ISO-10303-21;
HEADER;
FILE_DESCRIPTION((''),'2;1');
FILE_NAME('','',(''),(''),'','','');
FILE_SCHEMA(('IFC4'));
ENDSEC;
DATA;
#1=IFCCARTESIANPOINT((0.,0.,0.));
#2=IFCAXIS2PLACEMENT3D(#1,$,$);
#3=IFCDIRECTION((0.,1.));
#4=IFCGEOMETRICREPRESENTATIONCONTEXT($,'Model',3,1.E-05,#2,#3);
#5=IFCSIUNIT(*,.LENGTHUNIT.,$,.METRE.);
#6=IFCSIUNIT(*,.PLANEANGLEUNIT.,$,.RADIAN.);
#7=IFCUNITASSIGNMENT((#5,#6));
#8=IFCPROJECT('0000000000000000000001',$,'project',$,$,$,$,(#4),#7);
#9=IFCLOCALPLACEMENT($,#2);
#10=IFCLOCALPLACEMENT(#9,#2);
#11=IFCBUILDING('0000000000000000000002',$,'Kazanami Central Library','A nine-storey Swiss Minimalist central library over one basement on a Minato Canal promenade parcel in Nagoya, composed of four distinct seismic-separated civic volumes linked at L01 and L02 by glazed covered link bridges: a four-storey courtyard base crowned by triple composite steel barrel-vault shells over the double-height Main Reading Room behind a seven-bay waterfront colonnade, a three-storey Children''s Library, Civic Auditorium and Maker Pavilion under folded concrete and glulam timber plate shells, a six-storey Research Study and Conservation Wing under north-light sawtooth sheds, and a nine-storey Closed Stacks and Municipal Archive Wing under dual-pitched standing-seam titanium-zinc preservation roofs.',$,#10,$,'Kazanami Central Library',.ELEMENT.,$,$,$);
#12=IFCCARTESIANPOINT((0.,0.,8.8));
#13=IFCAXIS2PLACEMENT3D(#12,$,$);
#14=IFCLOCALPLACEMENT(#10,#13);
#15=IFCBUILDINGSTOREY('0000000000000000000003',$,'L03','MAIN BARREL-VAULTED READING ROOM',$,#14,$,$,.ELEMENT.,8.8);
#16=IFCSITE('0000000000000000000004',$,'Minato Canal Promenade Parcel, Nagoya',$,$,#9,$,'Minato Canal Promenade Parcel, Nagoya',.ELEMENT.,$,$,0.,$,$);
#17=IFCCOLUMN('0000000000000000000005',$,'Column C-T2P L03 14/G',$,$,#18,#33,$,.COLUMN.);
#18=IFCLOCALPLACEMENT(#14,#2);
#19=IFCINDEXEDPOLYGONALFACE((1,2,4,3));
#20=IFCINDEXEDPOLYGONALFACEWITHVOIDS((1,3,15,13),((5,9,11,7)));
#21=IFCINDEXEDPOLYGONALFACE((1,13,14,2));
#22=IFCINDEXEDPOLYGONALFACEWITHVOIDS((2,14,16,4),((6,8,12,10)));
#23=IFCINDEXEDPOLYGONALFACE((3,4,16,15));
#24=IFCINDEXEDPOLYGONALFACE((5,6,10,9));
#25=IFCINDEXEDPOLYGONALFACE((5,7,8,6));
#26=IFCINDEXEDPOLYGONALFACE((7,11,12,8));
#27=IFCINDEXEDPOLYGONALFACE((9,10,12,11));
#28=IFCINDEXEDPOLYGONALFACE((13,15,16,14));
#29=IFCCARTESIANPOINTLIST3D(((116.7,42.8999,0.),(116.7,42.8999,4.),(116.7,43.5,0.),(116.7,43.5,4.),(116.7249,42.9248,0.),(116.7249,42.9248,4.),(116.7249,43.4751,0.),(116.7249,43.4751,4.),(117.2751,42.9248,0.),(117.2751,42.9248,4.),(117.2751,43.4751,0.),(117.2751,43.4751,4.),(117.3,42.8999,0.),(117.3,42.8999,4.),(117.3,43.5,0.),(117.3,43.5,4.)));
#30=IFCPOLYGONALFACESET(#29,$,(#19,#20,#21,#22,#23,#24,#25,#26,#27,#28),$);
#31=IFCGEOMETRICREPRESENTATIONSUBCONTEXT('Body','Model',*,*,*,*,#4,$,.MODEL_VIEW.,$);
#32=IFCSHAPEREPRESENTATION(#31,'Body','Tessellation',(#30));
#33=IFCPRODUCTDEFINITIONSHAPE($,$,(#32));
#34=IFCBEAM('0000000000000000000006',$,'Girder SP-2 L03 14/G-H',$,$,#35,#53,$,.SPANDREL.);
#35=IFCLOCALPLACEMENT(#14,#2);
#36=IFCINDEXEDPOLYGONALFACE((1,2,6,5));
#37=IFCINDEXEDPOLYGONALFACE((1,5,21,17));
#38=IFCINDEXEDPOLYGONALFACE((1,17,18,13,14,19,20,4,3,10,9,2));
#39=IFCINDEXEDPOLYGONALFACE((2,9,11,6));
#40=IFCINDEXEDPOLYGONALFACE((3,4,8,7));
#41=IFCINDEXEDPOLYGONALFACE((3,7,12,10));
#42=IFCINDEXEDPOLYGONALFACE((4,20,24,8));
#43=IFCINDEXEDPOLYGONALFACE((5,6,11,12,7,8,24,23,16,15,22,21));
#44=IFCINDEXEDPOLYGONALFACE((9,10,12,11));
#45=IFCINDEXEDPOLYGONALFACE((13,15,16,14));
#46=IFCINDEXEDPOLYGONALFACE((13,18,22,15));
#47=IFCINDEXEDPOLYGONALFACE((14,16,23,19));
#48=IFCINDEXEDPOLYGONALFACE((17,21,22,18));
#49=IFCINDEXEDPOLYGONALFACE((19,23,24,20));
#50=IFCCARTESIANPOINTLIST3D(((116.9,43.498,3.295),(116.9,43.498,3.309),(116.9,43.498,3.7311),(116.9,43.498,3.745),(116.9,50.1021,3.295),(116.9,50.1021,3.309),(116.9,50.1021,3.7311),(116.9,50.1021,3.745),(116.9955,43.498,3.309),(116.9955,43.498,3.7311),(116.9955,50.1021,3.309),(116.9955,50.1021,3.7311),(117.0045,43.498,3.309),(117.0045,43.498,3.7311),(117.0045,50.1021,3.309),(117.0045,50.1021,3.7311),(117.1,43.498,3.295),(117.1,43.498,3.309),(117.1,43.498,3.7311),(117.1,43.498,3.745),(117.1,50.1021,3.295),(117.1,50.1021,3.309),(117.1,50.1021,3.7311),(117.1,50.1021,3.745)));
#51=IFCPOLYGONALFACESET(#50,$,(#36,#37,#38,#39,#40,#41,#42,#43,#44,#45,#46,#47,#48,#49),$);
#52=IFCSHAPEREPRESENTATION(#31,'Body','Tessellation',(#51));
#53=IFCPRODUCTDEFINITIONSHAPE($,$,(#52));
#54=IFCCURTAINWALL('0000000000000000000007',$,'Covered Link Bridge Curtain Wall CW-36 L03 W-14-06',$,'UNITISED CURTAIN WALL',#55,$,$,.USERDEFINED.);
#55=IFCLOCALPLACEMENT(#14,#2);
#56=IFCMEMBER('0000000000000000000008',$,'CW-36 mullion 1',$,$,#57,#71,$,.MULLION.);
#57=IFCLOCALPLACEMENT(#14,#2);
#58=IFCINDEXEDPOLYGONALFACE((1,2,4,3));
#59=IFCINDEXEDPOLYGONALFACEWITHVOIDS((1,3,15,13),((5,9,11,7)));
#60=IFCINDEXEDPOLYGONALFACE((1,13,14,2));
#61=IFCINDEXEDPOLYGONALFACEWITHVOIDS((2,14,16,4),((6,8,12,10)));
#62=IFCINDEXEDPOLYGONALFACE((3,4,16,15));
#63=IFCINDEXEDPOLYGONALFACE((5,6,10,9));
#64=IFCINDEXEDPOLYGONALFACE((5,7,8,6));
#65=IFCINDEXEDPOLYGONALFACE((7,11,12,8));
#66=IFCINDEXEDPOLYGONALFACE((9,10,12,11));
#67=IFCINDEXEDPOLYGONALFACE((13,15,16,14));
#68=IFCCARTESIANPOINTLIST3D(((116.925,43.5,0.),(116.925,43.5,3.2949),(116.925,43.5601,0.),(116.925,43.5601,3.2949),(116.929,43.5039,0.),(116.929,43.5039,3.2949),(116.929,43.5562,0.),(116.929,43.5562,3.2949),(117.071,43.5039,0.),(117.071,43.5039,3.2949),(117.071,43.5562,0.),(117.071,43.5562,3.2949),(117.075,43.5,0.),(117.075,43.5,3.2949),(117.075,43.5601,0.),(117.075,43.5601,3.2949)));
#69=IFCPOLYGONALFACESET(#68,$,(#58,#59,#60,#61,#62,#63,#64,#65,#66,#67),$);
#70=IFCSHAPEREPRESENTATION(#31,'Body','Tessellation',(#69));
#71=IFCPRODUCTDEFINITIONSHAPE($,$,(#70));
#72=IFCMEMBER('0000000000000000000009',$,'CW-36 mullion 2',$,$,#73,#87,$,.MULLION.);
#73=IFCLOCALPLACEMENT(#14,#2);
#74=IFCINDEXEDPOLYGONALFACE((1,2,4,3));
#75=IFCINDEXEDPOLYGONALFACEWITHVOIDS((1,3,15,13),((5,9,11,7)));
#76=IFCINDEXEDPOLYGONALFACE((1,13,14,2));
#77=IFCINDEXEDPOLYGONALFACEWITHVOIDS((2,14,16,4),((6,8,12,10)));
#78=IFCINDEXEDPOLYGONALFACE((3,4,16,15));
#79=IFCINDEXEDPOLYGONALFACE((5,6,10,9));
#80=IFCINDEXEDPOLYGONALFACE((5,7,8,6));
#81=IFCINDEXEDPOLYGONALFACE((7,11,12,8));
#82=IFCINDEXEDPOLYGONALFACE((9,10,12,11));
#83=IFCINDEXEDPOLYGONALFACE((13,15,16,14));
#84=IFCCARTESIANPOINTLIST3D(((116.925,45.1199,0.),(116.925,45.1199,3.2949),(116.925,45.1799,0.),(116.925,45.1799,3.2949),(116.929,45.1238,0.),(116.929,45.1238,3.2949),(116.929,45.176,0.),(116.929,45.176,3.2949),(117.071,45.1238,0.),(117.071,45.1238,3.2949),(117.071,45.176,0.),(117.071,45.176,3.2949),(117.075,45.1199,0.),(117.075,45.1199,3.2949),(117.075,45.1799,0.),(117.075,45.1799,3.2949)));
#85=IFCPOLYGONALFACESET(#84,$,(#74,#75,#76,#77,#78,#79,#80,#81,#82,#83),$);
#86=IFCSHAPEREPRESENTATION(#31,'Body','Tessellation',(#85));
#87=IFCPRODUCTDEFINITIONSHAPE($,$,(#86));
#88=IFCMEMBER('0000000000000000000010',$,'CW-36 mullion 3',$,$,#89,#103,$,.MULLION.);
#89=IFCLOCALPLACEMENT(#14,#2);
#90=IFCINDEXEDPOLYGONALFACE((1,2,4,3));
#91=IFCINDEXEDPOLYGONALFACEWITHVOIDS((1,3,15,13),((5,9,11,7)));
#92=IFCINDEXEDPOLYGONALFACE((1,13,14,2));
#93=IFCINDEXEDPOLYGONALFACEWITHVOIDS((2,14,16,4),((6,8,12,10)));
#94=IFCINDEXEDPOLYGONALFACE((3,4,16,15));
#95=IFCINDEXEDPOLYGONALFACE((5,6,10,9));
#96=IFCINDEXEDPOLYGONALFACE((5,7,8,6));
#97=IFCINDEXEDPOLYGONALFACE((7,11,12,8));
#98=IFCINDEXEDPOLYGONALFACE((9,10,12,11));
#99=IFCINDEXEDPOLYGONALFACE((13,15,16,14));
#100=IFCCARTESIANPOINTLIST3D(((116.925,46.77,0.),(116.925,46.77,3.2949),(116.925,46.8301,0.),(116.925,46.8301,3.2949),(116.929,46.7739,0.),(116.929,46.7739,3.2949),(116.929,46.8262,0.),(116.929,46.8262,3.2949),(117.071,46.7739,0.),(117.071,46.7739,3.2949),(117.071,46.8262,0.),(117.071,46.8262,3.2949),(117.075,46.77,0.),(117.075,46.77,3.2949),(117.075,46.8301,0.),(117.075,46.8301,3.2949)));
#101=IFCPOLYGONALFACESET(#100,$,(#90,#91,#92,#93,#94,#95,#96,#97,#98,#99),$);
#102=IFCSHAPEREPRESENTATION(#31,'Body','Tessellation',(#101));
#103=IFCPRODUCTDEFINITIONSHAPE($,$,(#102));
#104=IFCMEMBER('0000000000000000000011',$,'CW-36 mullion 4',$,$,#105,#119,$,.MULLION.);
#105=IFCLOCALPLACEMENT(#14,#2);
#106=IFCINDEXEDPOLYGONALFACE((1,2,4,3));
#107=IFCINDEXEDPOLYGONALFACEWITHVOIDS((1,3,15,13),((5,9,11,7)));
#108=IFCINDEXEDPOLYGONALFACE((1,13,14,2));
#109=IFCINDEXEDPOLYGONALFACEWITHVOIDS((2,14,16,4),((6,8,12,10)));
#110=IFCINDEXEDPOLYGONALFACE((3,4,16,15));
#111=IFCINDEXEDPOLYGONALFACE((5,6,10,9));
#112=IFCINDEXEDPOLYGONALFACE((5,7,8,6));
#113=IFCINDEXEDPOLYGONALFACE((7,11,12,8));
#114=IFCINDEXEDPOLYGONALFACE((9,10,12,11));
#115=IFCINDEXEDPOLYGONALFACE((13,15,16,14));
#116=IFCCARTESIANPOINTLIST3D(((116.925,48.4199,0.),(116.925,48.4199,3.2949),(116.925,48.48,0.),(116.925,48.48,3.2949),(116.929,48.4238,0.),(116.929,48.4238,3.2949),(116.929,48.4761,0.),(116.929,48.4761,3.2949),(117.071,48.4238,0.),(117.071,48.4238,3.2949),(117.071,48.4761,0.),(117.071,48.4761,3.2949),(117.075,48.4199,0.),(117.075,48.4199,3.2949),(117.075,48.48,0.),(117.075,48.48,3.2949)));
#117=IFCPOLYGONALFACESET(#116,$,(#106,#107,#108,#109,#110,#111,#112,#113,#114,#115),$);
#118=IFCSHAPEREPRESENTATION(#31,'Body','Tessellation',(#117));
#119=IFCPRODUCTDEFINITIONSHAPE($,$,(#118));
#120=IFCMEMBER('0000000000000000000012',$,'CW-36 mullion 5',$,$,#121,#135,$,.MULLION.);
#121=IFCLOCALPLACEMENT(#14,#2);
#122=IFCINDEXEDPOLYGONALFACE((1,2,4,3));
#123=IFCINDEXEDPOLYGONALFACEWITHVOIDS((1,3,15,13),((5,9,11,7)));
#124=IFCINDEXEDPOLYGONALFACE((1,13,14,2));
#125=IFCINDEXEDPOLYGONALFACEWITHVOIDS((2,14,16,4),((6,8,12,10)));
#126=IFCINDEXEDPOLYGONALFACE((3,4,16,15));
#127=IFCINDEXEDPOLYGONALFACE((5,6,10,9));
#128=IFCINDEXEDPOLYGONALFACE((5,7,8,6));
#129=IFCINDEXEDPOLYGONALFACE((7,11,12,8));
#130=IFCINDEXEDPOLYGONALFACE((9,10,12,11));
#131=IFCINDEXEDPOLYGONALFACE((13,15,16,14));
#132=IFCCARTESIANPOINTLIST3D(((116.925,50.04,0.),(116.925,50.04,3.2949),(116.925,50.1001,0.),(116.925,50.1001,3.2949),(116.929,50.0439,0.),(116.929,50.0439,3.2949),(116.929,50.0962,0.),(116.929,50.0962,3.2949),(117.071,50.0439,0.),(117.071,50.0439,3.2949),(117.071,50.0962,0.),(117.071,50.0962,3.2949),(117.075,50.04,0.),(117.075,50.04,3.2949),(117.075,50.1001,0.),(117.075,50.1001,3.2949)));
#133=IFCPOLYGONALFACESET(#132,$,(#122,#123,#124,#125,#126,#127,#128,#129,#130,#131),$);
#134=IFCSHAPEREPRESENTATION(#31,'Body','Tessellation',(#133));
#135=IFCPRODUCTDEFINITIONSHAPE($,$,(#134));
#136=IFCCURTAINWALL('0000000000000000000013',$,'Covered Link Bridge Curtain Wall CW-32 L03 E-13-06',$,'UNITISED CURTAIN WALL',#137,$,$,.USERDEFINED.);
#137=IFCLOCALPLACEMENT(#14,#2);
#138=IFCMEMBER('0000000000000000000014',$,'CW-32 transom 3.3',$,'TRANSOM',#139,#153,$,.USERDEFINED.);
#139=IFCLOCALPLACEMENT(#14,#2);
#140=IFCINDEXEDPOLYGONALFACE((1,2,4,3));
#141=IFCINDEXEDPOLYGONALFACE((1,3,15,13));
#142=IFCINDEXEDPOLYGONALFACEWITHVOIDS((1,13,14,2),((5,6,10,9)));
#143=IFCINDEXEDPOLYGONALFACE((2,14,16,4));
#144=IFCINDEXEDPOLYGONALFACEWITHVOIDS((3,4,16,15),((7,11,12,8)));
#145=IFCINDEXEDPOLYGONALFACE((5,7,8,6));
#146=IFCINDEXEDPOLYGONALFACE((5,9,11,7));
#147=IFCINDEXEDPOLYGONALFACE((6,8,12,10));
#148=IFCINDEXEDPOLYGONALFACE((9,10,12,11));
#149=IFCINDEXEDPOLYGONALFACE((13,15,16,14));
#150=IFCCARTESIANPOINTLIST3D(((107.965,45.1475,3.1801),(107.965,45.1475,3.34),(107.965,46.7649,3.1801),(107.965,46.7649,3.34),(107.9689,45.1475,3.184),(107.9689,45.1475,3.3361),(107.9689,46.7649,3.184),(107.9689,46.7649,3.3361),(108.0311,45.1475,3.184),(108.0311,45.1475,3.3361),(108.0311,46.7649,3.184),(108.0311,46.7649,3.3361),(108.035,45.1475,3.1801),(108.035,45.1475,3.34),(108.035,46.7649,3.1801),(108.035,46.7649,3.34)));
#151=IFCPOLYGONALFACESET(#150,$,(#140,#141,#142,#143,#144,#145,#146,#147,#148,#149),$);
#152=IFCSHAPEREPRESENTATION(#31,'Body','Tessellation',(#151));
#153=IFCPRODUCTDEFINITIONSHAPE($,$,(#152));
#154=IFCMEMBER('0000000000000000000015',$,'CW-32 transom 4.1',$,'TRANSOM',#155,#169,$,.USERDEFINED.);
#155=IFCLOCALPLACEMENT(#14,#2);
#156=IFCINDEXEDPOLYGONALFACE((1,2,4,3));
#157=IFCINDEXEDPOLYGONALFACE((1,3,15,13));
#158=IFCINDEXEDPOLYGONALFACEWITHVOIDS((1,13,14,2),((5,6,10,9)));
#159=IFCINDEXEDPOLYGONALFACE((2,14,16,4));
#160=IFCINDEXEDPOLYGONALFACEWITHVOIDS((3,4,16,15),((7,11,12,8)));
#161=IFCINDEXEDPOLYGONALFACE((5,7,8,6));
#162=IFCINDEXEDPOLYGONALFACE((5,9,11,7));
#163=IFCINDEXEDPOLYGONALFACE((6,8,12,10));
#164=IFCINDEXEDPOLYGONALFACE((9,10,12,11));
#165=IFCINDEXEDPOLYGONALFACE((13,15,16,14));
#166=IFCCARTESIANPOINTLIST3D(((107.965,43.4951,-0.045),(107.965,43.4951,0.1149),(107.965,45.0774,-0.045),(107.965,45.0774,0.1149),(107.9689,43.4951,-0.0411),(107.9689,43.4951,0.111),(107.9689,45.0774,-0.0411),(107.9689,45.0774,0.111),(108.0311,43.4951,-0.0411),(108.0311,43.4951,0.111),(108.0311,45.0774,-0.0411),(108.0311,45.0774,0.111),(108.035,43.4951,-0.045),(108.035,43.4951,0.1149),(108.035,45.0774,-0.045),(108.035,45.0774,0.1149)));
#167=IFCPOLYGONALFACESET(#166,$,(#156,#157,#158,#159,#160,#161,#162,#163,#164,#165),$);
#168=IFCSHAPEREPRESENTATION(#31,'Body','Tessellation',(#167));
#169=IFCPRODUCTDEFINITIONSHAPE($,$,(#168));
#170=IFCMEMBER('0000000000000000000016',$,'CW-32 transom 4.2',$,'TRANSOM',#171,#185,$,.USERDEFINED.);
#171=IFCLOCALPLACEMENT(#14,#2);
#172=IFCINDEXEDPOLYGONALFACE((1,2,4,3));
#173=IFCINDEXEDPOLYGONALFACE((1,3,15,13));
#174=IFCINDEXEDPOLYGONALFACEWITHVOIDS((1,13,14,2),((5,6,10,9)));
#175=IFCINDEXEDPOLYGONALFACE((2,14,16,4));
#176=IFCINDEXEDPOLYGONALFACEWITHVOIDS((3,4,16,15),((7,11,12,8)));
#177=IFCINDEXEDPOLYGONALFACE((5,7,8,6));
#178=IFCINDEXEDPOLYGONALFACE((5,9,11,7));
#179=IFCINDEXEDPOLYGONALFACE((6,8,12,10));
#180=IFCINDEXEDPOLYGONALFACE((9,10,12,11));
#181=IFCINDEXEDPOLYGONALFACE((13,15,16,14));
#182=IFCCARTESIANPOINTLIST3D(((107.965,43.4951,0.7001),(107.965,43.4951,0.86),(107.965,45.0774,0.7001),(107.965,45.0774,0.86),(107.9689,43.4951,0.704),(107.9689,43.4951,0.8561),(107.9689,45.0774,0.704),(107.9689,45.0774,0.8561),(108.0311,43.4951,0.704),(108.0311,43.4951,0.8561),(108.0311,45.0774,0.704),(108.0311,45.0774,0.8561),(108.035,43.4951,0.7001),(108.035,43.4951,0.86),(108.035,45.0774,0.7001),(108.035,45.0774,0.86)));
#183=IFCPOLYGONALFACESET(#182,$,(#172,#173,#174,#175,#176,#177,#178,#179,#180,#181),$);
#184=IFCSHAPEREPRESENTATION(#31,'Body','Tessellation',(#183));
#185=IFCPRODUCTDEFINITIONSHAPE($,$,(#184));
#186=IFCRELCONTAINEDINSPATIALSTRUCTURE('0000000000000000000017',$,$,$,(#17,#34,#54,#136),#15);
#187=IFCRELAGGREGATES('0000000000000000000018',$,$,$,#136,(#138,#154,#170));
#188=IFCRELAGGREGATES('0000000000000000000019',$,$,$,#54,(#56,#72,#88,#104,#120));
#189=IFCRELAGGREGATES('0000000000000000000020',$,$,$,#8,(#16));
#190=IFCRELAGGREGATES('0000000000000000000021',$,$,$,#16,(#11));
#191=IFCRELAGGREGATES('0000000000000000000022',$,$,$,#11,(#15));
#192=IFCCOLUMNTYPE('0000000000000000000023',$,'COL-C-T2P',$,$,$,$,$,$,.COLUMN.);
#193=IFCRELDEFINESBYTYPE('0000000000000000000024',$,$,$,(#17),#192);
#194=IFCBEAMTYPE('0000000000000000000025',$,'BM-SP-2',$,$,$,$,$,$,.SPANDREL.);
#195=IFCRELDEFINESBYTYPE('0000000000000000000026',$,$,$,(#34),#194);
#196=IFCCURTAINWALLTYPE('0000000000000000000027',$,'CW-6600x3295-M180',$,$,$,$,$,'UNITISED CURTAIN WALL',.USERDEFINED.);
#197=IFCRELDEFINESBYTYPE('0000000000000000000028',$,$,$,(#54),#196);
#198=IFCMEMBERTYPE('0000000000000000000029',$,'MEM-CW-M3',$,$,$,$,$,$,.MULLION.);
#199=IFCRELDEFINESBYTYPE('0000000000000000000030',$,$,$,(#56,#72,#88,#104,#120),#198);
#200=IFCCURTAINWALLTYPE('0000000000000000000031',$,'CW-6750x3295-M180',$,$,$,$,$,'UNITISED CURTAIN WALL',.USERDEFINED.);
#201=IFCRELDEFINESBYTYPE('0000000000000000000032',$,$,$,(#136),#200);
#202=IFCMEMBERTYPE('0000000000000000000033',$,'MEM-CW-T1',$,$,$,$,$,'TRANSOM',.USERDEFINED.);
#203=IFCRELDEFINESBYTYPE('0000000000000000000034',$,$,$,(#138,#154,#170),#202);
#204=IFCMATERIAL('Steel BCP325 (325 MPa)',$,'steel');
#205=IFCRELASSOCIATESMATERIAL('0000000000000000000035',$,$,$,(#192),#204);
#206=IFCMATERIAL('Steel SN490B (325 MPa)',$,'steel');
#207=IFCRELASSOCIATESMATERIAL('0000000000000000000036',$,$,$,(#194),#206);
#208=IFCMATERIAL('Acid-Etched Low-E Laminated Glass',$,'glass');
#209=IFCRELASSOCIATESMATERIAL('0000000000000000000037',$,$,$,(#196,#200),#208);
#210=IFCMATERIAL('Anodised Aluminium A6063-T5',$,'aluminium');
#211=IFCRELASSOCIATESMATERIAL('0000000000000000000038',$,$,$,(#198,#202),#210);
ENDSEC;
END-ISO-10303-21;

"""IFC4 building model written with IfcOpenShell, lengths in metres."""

from ifc_helpers import new_model, si_unit, direction, frame, origin, origin_2d, place, context, subcontext, project, spatial, hollow_rectangle, i_section, extrude, material, material_profile, profile_set, type_object, element, aggregate, save


model = new_model("IFC4")

# Units and contexts
model_context = context("Model", 3, precision=1e-05, world=origin(), true_north=direction((0.0, 1.0)))
body_context = subcontext(model_context, "Body", "Model", "MODEL_VIEW")
ifc_project = project(units=[si_unit("LENGTHUNIT", "METRE"), si_unit("PLANEANGLEUNIT", "RADIAN")], contexts=[model_context])

# Site, building, storey
site_placement = place(None, origin())
site = spatial("IfcSite", under=ifc_project, at=site_placement, Name="Minato Canal Promenade Parcel, Nagoya", LongName="Minato Canal Promenade Parcel, Nagoya", CompositionType="ELEMENT", RefElevation=0.0)
building_placement = place(site_placement, origin())
building = spatial("IfcBuilding", under=site, at=building_placement, Name="Kazanami Central Library", Description="A nine-storey Swiss Minimalist central library over one basement on a Minato Canal promenade parcel in Nagoya, composed of four distinct seismic-separated civic volumes linked at L01 and L02 by glazed covered link bridges: a four-storey courtyard base crowned by triple composite steel barrel-vault shells over the double-height Main Reading Room behind a seven-bay waterfront colonnade, a three-storey Children's Library, Civic Auditorium and Maker Pavilion under folded concrete and glulam timber plate shells, a six-storey Research Study and Conservation Wing under north-light sawtooth sheds, and a nine-storey Closed Stacks and Municipal Archive Wing under dual-pitched standing-seam titanium-zinc preservation roofs.", LongName="Kazanami Central Library", CompositionType="ELEMENT")
storey_placement = place(building_placement, frame((0.0, 0.0, 8.8)))
storey = spatial("IfcBuildingStorey", under=building, at=storey_placement, Name="L03", Description="MAIN BARREL-VAULTED READING ROOM", CompositionType="ELEMENT", Elevation=8.8)

# Column
ifc_material_1 = material(Name="Steel BCP325 (325 MPa)", Category="steel")
ifc_material_profile_1 = material_profile(ifc_material_1, hollow_rectangle(XDim=0.6001, YDim=0.6001, WallThickness=0.0249, at=origin_2d()), Name="BCP-600x600x25")
ifc_profile_set_1 = profile_set([ifc_material_profile_1], Name="Steel BCP325 (325 MPa)")
column_type = type_object("IfcColumnType", Name="COL-C-T2P", PredefinedType="COLUMN", material=ifc_profile_set_1)
column_placement = place(storey_placement, frame((117.0, 43.2, 0.0), z_axis=(0.0, 0.0, 1.0), x_axis=(1.0, 0.0, 0.0)))
element("IfcColumn", 1, at=column_placement, inside=storey, type_object=column_type, Name="Column C-T2P L03 14/G", PredefinedType="COLUMN", context=body_context, shape_type="SweptSolid", body=[
    extrude(hollow_rectangle(XDim=0.6001, YDim=0.6001, WallThickness=0.0249, at=origin_2d()), origin(), (0.0, 0.0, 1.0), 4.0),
])

# Beam
ifc_material_2 = material(Name="Steel SN490B (325 MPa)", Category="steel")
ifc_material_profile_2 = material_profile(ifc_material_2, i_section(OverallWidth=0.2, OverallDepth=0.45, WebThickness=0.009, FlangeThickness=0.0139, at=origin_2d()), Name="H-450x200x9x14")
ifc_profile_set_2 = profile_set([ifc_material_profile_2], Name="Steel SN490B (325 MPa)")
beam_type = type_object("IfcBeamType", Name="BM-SP-2", PredefinedType="SPANDREL", material=ifc_profile_set_2)
beam_placement = place(storey_placement, frame((117.0, 43.498, 3.52), z_axis=(0.0, 1.0, 0.0), x_axis=(-1.0, 0.0, 0.0)))
element("IfcBeam", 2, at=beam_placement, inside=storey, type_object=beam_type, Name="Girder SP-2 L03 14/G-H", PredefinedType="SPANDREL", context=body_context, shape_type="SweptSolid", body=[
    extrude(i_section(OverallWidth=0.2, OverallDepth=0.45, WebThickness=0.009, FlangeThickness=0.0139, at=origin_2d()), origin(), (0.0, 0.0, 1.0), 6.604),
])

# Curtain walls, members
ifc_material_3 = material(Name="Acid-Etched Low-E Laminated Glass", Category="glass")
curtain_wall_type_1 = type_object("IfcCurtainWallType", Name="CW-6600x3295-M180", ElementType="UNITISED CURTAIN WALL", PredefinedType="USERDEFINED", material=ifc_material_3)
curtain_wall_1_placement = place(storey_placement, origin())
curtain_wall_1 = element("IfcCurtainWall", 3, at=curtain_wall_1_placement, inside=storey, type_object=curtain_wall_type_1, Name="Covered Link Bridge Curtain Wall CW-36 L03 W-14-06", ObjectType="UNITISED CURTAIN WALL", PredefinedType="USERDEFINED")
ifc_material_4 = material(Name="Anodised Aluminium A6063-T5", Category="aluminium")
ifc_material_profile_3 = material_profile(ifc_material_4, hollow_rectangle(XDim=0.0601, YDim=0.1499, WallThickness=0.0039, at=origin_2d()), Name="ALU-MULL-60x150x4")
ifc_profile_set_3 = profile_set([ifc_material_profile_3], Name="Anodised Aluminium A6063-T5")
member_type_1 = type_object("IfcMemberType", Name="MEM-CW-M3", PredefinedType="MULLION", material=ifc_profile_set_3)
member_1_placement = place(storey_placement, frame((117.0, 43.53, 0.0), z_axis=(0.0, 0.0, 1.0), x_axis=(0.0, 1.0, 0.0)))
member_1 = element("IfcMember", 4, at=member_1_placement, type_object=member_type_1, Name="CW-36 mullion 1", PredefinedType="MULLION", context=body_context, shape_type="SweptSolid", body=[
    extrude(hollow_rectangle(XDim=0.0601, YDim=0.1499, WallThickness=0.0039, at=origin_2d()), origin(), (0.0, 0.0, 1.0), 3.2949),
])
member_2_placement = place(storey_placement, frame((117.0, 45.1499, 0.0), z_axis=(0.0, 0.0, 1.0), x_axis=(0.0, 1.0, 0.0)))
member_2 = element("IfcMember", 5, at=member_2_placement, type_object=member_type_1, Name="CW-36 mullion 2", PredefinedType="MULLION", context=body_context, shape_type="SweptSolid", body=[
    extrude(hollow_rectangle(XDim=0.0601, YDim=0.1499, WallThickness=0.0039, at=origin_2d()), origin(), (0.0, 0.0, 1.0), 3.2949),
])
member_3_placement = place(storey_placement, frame((117.0, 46.8, 0.0), z_axis=(0.0, 0.0, 1.0), x_axis=(0.0, 1.0, 0.0)))
member_3 = element("IfcMember", 6, at=member_3_placement, type_object=member_type_1, Name="CW-36 mullion 3", PredefinedType="MULLION", context=body_context, shape_type="SweptSolid", body=[
    extrude(hollow_rectangle(XDim=0.0601, YDim=0.1499, WallThickness=0.0039, at=origin_2d()), origin(), (0.0, 0.0, 1.0), 3.2949),
])
member_4_placement = place(storey_placement, frame((117.0, 48.45, 0.0), z_axis=(0.0, 0.0, 1.0), x_axis=(0.0, 1.0, 0.0)))
member_4 = element("IfcMember", 7, at=member_4_placement, type_object=member_type_1, Name="CW-36 mullion 4", PredefinedType="MULLION", context=body_context, shape_type="SweptSolid", body=[
    extrude(hollow_rectangle(XDim=0.0601, YDim=0.1499, WallThickness=0.0039, at=origin_2d()), origin(), (0.0, 0.0, 1.0), 3.2949),
])
member_5_placement = place(storey_placement, frame((117.0, 50.0701, 0.0), z_axis=(0.0, 0.0, 1.0), x_axis=(0.0, 1.0, 0.0)))
member_5 = element("IfcMember", 8, at=member_5_placement, type_object=member_type_1, Name="CW-36 mullion 5", PredefinedType="MULLION", context=body_context, shape_type="SweptSolid", body=[
    extrude(hollow_rectangle(XDim=0.0601, YDim=0.1499, WallThickness=0.0039, at=origin_2d()), origin(), (0.0, 0.0, 1.0), 3.2949),
])
curtain_wall_type_2 = type_object("IfcCurtainWallType", Name="CW-6750x3295-M180", ElementType="UNITISED CURTAIN WALL", PredefinedType="USERDEFINED", material=ifc_material_3)
curtain_wall_2_placement = place(storey_placement, origin())
curtain_wall_2 = element("IfcCurtainWall", 9, at=curtain_wall_2_placement, inside=storey, type_object=curtain_wall_type_2, Name="Covered Link Bridge Curtain Wall CW-32 L03 E-13-06", ObjectType="UNITISED CURTAIN WALL", PredefinedType="USERDEFINED")
ifc_material_profile_4 = material_profile(ifc_material_4, hollow_rectangle(XDim=0.0701, YDim=0.1599, WallThickness=0.0039, at=origin_2d()), Name="ALU-TRAN-70x160x4")
ifc_profile_set_4 = profile_set([ifc_material_profile_4], Name="Anodised Aluminium A6063-T5")
member_type_2 = type_object("IfcMemberType", Name="MEM-CW-T1", ElementType="TRANSOM", PredefinedType="USERDEFINED", material=ifc_profile_set_4)
member_6_placement = place(storey_placement, frame((108.0, 46.7649, 3.26), z_axis=(0.0, -1.0, 0.0), x_axis=(1.0, 0.0, 0.0)))
member_6 = element("IfcMember", 10, at=member_6_placement, type_object=member_type_2, Name="CW-32 transom 3.3", ObjectType="TRANSOM", PredefinedType="USERDEFINED", context=body_context, shape_type="SweptSolid", body=[
    extrude(hollow_rectangle(XDim=0.0701, YDim=0.1599, WallThickness=0.0039, at=origin_2d()), origin(), (0.0, 0.0, 1.0), 1.6174),
])
member_7_placement = place(storey_placement, frame((108.0, 45.0774, 0.0349), z_axis=(0.0, -1.0, 0.0), x_axis=(1.0, 0.0, 0.0)))
member_7 = element("IfcMember", 11, at=member_7_placement, type_object=member_type_2, Name="CW-32 transom 4.1", ObjectType="TRANSOM", PredefinedType="USERDEFINED", context=body_context, shape_type="SweptSolid", body=[
    extrude(hollow_rectangle(XDim=0.0701, YDim=0.1599, WallThickness=0.0039, at=origin_2d()), origin(), (0.0, 0.0, 1.0), 1.5823),
])
member_8_placement = place(storey_placement, frame((108.0, 45.0774, 0.78), z_axis=(0.0, -1.0, 0.0), x_axis=(1.0, 0.0, 0.0)))
member_8 = element("IfcMember", 12, at=member_8_placement, type_object=member_type_2, Name="CW-32 transom 4.2", ObjectType="TRANSOM", PredefinedType="USERDEFINED", context=body_context, shape_type="SweptSolid", body=[
    extrude(hollow_rectangle(XDim=0.0701, YDim=0.1599, WallThickness=0.0039, at=origin_2d()), origin(), (0.0, 0.0, 1.0), 1.5823),
])

aggregate(curtain_wall_2, [member_6, member_7, member_8])
aggregate(curtain_wall_1, [member_1, member_2, member_3, member_4, member_5])

save(model, "model.ifc")
